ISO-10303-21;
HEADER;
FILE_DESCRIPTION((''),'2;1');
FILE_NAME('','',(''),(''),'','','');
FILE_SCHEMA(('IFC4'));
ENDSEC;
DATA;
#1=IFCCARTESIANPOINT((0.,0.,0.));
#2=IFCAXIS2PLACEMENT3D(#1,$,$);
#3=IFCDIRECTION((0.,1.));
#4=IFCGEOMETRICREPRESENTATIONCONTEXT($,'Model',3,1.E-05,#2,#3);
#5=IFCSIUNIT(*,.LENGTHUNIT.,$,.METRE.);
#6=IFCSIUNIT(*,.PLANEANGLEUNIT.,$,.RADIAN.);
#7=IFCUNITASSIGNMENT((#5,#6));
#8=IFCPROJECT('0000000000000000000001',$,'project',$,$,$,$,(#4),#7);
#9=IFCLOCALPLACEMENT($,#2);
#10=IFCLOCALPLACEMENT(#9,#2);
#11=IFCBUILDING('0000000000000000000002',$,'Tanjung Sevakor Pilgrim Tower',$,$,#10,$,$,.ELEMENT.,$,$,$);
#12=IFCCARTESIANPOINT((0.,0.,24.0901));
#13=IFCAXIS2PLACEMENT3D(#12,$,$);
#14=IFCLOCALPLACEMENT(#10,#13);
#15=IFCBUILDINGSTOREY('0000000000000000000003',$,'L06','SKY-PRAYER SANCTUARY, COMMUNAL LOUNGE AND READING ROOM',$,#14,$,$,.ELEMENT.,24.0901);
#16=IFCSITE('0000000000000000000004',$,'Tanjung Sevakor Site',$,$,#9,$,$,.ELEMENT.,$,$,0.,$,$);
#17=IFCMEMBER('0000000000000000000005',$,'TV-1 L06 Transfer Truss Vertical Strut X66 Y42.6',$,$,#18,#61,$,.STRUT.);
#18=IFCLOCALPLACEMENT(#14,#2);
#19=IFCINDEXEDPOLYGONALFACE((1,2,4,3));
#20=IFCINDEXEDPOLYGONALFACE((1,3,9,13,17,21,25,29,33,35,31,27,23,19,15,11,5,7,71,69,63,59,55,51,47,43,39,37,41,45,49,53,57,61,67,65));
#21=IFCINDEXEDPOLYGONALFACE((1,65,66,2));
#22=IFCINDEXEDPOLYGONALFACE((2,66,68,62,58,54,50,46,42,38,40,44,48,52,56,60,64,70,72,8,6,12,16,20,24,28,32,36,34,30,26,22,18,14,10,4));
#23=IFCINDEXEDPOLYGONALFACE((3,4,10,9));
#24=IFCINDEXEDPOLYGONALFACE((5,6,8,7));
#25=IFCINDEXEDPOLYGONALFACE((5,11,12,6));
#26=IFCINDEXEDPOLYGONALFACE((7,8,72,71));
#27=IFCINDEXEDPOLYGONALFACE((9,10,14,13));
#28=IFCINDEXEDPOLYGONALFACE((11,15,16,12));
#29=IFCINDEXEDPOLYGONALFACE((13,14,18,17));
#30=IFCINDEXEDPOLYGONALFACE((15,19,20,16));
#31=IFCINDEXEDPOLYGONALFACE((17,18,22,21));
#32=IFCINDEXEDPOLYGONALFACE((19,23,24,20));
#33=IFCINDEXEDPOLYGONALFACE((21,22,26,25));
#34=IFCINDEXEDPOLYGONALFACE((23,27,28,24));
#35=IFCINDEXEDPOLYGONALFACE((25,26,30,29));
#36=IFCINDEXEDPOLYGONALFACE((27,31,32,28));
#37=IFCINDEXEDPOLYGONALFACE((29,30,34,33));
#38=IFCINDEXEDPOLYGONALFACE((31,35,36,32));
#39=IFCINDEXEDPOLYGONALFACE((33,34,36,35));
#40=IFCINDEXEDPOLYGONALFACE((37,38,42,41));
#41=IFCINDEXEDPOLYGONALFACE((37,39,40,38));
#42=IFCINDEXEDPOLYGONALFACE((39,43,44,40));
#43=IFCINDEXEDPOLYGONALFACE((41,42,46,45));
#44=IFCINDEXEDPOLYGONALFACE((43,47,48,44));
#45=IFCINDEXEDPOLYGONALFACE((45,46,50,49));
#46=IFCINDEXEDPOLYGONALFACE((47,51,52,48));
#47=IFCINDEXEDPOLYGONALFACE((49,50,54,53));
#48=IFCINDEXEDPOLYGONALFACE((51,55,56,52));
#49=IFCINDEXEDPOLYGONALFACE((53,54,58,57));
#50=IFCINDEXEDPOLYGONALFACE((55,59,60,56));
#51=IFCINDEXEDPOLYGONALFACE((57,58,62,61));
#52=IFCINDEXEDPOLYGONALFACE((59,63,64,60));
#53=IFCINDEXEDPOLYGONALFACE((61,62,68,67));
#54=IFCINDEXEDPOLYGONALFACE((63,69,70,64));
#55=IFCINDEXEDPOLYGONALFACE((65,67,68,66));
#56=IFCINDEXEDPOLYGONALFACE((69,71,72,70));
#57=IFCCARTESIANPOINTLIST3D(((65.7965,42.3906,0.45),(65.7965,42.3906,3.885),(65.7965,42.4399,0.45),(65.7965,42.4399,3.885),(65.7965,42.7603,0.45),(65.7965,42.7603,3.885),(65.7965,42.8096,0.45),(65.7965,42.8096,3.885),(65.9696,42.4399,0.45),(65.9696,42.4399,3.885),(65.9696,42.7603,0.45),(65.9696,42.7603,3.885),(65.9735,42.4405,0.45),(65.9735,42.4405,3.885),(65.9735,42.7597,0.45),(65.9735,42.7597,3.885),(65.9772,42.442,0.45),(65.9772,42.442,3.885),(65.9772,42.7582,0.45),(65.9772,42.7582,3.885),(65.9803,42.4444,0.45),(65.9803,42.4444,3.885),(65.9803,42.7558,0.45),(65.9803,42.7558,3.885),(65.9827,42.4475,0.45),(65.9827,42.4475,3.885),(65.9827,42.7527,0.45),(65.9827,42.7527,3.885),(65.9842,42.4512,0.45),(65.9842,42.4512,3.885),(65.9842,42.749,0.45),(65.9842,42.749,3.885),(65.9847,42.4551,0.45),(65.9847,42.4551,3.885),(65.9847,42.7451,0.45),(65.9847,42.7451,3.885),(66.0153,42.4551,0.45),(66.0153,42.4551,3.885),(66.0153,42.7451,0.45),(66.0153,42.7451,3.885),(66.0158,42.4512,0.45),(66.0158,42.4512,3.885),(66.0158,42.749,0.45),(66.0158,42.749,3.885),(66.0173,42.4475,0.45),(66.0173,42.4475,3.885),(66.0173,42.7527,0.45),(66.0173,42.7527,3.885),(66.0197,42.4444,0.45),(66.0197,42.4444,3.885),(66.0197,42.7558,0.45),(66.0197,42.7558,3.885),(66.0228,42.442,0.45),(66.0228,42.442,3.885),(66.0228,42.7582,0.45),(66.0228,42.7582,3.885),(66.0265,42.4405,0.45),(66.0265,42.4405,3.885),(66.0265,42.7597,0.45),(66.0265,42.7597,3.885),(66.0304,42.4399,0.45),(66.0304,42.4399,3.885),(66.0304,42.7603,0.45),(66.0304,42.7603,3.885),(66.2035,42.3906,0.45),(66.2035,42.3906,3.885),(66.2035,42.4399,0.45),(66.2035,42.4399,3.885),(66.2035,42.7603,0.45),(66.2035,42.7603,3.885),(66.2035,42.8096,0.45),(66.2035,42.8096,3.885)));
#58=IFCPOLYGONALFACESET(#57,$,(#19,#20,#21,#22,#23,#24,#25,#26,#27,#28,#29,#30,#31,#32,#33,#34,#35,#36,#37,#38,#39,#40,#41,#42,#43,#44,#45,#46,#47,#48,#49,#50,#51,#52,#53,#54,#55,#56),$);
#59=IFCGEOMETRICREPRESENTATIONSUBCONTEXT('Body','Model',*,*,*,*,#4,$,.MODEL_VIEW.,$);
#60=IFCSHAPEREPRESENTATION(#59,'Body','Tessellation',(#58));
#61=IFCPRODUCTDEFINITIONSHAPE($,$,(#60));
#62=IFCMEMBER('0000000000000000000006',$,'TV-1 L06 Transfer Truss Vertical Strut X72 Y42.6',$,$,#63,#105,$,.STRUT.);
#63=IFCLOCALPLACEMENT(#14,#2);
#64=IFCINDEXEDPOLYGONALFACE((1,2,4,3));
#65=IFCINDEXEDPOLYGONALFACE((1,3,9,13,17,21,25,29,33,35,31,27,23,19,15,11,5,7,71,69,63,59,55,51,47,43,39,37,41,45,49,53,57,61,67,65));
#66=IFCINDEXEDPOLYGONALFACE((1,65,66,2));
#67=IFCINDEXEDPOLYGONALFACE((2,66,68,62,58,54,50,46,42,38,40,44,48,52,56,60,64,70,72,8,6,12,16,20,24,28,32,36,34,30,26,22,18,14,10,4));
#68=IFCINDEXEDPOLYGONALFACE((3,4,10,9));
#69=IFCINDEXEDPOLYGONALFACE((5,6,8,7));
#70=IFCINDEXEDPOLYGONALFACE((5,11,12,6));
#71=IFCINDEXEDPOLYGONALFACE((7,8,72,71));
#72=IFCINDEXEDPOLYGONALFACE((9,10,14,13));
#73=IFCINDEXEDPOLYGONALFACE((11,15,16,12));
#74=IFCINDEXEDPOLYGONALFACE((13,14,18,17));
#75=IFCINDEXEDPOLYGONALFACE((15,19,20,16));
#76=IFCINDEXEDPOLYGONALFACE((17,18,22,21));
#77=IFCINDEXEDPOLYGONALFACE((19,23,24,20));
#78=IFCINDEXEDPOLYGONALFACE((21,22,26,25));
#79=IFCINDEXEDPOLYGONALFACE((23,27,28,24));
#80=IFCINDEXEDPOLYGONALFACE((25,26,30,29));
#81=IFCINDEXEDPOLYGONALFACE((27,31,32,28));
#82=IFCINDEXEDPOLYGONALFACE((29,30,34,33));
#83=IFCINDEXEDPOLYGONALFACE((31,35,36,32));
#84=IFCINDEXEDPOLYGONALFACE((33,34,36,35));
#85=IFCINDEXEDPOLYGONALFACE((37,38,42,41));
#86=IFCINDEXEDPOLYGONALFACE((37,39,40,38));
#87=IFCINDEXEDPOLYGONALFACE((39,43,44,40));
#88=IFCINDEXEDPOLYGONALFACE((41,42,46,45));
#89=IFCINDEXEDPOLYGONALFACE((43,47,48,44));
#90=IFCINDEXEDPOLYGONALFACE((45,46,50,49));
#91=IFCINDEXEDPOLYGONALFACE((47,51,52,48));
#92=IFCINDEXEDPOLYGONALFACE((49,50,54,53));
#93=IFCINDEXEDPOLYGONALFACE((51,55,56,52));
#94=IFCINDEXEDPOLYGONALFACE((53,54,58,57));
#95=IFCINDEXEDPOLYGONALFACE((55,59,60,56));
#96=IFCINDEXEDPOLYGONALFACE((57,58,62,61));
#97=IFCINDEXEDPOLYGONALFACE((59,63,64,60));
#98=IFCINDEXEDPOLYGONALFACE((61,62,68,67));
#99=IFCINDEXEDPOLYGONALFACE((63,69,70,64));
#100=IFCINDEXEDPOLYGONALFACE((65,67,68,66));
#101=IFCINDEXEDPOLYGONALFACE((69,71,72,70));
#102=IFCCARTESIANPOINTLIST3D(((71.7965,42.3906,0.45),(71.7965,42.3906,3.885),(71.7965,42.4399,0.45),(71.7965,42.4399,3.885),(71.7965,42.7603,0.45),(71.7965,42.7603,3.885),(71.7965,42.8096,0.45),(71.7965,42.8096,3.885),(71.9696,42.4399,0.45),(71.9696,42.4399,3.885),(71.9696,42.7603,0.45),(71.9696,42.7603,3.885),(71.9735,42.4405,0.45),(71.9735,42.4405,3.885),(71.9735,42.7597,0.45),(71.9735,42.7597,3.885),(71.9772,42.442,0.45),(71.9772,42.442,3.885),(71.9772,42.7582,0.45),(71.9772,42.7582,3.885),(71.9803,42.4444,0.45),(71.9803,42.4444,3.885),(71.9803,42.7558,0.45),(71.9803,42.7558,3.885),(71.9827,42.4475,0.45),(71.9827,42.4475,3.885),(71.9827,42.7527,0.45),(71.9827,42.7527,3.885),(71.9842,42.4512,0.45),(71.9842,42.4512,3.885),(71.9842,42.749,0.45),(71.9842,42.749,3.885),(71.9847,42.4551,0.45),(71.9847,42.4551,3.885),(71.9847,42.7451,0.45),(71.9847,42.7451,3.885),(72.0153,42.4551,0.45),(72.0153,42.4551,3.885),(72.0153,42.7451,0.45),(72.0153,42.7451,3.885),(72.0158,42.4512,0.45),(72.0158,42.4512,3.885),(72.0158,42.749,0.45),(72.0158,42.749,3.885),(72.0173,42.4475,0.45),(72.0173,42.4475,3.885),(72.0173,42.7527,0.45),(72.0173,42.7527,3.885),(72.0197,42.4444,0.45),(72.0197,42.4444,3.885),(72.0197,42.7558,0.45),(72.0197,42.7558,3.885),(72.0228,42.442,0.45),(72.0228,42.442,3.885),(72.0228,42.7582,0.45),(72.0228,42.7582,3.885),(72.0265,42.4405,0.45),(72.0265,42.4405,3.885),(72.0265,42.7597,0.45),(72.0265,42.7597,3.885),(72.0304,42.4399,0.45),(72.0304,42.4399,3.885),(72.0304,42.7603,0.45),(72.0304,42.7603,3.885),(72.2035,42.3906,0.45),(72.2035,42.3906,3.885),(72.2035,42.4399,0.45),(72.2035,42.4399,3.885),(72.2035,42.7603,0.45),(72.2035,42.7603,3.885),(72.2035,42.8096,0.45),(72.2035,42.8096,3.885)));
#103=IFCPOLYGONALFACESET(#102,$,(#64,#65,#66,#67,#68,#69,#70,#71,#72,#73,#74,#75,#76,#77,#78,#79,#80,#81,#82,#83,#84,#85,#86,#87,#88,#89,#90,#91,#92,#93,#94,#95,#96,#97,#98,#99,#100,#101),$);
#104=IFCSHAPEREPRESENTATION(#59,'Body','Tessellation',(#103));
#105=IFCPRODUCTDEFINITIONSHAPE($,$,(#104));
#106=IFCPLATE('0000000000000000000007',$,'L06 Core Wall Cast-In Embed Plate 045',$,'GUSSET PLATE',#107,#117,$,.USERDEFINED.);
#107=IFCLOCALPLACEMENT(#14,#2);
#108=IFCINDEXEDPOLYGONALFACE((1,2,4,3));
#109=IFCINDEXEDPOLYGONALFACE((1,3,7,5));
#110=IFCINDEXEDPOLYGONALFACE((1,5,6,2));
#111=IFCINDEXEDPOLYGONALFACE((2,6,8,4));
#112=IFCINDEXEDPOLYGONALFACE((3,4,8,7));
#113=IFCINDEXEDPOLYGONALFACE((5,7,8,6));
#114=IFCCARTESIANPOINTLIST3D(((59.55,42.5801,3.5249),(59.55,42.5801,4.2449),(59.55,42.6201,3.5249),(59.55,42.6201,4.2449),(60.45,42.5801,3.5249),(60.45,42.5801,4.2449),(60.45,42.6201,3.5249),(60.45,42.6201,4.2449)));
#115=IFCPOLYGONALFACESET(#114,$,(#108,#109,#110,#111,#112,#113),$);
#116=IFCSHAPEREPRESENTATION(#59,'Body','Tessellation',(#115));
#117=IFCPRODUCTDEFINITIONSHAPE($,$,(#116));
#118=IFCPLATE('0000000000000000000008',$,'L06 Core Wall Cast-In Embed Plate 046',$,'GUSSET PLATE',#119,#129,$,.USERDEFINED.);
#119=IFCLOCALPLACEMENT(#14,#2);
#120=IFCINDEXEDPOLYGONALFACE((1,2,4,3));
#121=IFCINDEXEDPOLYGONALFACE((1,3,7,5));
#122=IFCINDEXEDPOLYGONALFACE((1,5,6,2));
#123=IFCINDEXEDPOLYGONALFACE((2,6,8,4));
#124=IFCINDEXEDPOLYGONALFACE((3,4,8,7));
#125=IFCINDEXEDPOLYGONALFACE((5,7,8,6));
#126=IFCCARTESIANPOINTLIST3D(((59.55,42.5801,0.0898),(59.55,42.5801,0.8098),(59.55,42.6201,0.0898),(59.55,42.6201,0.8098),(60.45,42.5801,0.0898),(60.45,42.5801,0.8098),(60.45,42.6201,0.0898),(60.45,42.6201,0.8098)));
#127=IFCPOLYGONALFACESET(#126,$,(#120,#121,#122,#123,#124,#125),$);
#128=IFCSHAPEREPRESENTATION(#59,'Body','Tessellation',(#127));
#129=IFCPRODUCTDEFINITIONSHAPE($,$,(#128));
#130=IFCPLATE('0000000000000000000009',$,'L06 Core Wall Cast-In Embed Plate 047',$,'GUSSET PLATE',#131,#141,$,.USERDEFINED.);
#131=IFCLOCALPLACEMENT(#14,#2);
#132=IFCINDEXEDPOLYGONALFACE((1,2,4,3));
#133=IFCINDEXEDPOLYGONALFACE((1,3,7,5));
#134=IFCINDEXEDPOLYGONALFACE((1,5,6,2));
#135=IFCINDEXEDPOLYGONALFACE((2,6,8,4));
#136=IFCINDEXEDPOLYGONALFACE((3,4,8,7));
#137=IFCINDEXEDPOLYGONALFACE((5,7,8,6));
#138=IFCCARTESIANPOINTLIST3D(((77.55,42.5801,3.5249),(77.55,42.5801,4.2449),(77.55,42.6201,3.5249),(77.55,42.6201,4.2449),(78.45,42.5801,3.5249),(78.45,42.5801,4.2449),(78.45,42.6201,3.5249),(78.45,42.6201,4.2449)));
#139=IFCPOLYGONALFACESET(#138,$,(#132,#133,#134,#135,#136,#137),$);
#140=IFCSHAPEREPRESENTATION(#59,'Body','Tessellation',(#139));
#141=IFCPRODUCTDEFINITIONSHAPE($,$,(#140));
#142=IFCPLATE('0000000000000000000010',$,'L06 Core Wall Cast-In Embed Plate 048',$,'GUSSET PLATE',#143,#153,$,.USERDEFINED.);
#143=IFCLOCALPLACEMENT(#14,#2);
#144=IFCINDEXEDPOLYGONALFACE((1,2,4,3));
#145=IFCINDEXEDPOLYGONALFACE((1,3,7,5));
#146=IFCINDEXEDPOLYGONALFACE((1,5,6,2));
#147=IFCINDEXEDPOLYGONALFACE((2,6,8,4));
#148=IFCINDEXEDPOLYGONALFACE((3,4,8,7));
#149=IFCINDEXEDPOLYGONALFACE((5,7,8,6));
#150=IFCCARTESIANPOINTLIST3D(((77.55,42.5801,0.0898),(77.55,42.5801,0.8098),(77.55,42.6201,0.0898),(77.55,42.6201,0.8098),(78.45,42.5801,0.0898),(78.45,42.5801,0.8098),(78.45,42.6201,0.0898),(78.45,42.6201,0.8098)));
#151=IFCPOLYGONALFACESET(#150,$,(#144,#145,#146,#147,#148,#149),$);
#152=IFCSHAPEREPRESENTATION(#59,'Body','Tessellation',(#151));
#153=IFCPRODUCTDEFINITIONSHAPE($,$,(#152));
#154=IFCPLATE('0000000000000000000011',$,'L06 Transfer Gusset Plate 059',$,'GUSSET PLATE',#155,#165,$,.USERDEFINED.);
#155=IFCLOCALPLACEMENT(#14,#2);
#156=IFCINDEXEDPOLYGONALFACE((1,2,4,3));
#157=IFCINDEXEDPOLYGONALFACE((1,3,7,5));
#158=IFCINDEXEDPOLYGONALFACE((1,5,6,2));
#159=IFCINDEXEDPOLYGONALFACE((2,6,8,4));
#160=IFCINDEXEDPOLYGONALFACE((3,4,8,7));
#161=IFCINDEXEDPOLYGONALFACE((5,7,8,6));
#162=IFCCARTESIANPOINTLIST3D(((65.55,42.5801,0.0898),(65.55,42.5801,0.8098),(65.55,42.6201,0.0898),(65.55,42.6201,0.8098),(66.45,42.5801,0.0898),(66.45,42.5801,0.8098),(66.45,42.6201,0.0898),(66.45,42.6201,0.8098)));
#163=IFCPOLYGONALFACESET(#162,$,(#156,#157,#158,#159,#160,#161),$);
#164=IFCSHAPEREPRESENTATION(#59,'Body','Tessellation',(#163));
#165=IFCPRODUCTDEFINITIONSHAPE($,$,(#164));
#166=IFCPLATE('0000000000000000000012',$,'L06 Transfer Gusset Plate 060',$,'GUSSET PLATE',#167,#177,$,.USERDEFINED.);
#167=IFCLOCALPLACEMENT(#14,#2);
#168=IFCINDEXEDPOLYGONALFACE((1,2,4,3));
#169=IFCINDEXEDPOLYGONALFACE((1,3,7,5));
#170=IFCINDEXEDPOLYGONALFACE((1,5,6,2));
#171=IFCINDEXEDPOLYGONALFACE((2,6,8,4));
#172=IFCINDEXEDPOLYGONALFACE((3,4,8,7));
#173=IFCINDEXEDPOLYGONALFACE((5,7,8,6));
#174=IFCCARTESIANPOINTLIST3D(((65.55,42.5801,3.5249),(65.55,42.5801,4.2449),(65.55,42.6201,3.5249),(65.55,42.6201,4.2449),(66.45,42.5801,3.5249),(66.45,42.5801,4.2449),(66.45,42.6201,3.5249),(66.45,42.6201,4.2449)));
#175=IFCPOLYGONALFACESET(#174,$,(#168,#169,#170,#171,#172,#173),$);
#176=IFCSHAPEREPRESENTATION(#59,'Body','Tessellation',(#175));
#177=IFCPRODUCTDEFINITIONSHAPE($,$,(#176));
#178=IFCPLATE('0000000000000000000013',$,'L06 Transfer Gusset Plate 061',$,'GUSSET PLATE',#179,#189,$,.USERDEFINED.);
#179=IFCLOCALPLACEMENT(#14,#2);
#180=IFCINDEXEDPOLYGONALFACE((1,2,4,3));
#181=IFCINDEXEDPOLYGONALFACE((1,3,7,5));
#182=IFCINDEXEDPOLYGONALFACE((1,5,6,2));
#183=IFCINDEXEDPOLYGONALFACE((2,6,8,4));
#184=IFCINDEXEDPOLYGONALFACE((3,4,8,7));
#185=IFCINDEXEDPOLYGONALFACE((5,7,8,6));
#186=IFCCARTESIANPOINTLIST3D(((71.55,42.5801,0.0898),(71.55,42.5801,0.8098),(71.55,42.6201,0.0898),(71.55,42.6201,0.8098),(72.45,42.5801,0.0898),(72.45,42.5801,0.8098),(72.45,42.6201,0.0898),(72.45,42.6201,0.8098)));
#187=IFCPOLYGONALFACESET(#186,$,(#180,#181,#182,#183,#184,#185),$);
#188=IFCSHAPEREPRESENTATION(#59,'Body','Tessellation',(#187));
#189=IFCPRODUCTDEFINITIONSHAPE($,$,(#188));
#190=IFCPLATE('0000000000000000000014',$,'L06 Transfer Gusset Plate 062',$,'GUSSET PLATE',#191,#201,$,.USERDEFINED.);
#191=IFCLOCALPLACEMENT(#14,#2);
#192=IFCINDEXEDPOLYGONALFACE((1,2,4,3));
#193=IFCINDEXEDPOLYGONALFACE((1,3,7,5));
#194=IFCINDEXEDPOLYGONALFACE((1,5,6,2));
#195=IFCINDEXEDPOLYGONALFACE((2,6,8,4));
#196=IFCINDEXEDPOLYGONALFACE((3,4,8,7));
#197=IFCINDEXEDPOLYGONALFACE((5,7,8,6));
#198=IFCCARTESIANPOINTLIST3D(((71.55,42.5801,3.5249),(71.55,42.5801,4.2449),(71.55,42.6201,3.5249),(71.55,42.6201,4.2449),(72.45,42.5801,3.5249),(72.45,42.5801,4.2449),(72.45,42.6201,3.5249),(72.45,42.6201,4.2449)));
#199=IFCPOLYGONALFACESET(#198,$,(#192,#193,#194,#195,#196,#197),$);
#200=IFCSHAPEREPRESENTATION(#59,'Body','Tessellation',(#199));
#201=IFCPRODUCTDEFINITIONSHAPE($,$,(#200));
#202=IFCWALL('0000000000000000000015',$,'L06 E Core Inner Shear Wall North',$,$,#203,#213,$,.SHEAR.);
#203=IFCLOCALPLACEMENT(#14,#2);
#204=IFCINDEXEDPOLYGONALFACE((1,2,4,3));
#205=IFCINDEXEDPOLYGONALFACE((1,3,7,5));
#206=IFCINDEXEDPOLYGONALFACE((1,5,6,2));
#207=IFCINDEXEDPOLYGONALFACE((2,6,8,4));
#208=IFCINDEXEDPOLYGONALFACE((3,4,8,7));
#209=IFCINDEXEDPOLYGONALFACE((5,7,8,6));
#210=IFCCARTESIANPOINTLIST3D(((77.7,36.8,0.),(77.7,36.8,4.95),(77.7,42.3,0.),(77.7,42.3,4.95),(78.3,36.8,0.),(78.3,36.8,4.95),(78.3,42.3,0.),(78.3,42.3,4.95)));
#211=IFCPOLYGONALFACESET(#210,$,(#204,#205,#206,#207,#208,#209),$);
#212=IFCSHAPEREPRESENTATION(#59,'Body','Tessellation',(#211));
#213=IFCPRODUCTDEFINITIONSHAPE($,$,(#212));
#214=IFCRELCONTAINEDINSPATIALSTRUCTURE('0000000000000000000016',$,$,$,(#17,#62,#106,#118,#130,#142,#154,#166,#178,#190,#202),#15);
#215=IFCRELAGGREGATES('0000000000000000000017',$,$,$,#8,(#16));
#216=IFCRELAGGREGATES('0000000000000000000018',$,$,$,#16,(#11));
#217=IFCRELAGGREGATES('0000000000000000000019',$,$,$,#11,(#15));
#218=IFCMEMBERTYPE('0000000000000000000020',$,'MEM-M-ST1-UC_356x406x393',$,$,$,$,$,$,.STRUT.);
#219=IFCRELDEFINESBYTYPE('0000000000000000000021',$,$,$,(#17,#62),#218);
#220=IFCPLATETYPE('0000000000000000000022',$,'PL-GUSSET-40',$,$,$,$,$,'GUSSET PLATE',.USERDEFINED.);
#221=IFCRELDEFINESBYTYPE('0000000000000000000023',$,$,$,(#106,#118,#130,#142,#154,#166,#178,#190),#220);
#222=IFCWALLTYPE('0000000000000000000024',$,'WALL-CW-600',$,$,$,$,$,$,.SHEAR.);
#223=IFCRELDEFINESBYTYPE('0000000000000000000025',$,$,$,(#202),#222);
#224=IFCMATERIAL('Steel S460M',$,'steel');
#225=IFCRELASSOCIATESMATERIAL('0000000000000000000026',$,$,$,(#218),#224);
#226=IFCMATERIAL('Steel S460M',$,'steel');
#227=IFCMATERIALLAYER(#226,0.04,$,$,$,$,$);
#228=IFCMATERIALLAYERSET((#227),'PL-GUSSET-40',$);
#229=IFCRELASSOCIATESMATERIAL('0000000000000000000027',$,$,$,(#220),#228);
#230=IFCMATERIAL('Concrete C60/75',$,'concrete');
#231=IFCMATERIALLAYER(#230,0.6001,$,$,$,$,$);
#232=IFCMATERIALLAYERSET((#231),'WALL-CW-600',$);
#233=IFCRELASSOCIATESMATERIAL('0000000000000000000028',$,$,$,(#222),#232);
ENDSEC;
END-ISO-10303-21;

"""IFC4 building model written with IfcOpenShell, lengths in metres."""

from ifc_helpers import new_model, si_unit, direction, frame, frame_2d, origin, origin_2d, place, context, subcontext, project, spatial, rectangle, i_section, extrude, material, layer, layer_set, material_profile, profile_set, type_object, element, save


model = new_model("IFC4")

# Units and contexts
model_context = context("Model", 3, precision=1e-05, world=origin(), true_north=direction((0.0, 1.0)))
body_context = subcontext(model_context, "Body", "Model", "MODEL_VIEW")
ifc_project = project(units=[si_unit("LENGTHUNIT", "METRE"), si_unit("PLANEANGLEUNIT", "RADIAN")], contexts=[model_context])

# Site, building, storey
site_placement = place(None, origin())
site = spatial("IfcSite", under=ifc_project, at=site_placement, Name="Tanjung Sevakor Site", CompositionType="ELEMENT", RefElevation=0.0)
building_placement = place(site_placement, origin())
building = spatial("IfcBuilding", under=site, at=building_placement, Name="Tanjung Sevakor Pilgrim Tower", CompositionType="ELEMENT")
storey_placement = place(building_placement, frame((0.0, 0.0, 24.0901)))
storey = spatial("IfcBuildingStorey", under=building, at=storey_placement, Name="L06", Description="SKY-PRAYER SANCTUARY, COMMUNAL LOUNGE AND READING ROOM", CompositionType="ELEMENT", Elevation=24.0901)

# Members
ifc_material_1 = material(Name="Steel S460M", Category="steel")
ifc_material_profile_1 = material_profile(ifc_material_1, i_section(OverallWidth=0.407, OverallDepth=0.4189, WebThickness=0.0305, FlangeThickness=0.0493, FilletRadius=0.0151, at=origin_2d()))
ifc_profile_set_1 = profile_set([ifc_material_profile_1], Name="Steel S460M")
member_type_1 = type_object("IfcMemberType", Name="MEM-M-ST1-UC_356x406x393", PredefinedType="STRUT", material=ifc_profile_set_1)
for number, where, z_axis, x_axis, name in (
    (1, (66.0, 42.6001, 0.45), (0.0, 0.0, 1.0), (1.0, 0.0, 0.0), "TV-1 L06 Transfer Truss Vertical Strut X66 Y42.6"),
    (2, (72.0, 42.6001, 0.45), (0.0, 0.0, 1.0), (1.0, 0.0, 0.0), "TV-1 L06 Transfer Truss Vertical Strut X72 Y42.6"),
):
    element("IfcMember", number, at=place(storey_placement, frame(where, z_axis=z_axis, x_axis=x_axis)), inside=storey, type_object=member_type_1, Name=name, PredefinedType="STRUT", context=body_context, shape_type="SweptSolid", body=[
        extrude(i_section(OverallWidth=0.407, OverallDepth=0.4189, WebThickness=0.0305, FlangeThickness=0.0493, FilletRadius=0.0151, at=origin_2d()), origin(), (0.0, 0.0, 1.0), 3.4351),
    ])

# Plates
ifc_material_2 = material(Name="Steel S460M", Category="steel")
ifc_layer_1 = layer(ifc_material_2, 0.04)
ifc_layer_set_1 = layer_set([ifc_layer_1], Name="PL-GUSSET-40")
plate_type = type_object("IfcPlateType", Name="PL-GUSSET-40", ElementType="GUSSET PLATE", PredefinedType="USERDEFINED", material=ifc_layer_set_1)
for number, where, z_axis, x_axis, name in (
    (3, (60.0, 42.6001, 3.5249), (0.0, 0.0, 1.0), (1.0, 0.0, 0.0), "L06 Core Wall Cast-In Embed Plate 045"),
    (4, (60.0, 42.6001, 0.0898), (0.0, 0.0, 1.0), (1.0, 0.0, 0.0), "L06 Core Wall Cast-In Embed Plate 046"),
    (5, (78.0, 42.6001, 3.5249), (0.0, 0.0, 1.0), (1.0, 0.0, 0.0), "L06 Core Wall Cast-In Embed Plate 047"),
    (6, (78.0, 42.6001, 0.0898), (0.0, 0.0, 1.0), (1.0, 0.0, 0.0), "L06 Core Wall Cast-In Embed Plate 048"),
    (7, (66.0, 42.6001, 0.0898), (0.0, 0.0, 1.0), (1.0, 0.0, 0.0), "L06 Transfer Gusset Plate 059"),
    (8, (66.0, 42.6001, 3.5249), (0.0, 0.0, 1.0), (1.0, 0.0, 0.0), "L06 Transfer Gusset Plate 060"),
    (9, (72.0, 42.6001, 0.0898), (0.0, 0.0, 1.0), (1.0, 0.0, 0.0), "L06 Transfer Gusset Plate 061"),
    (10, (72.0, 42.6001, 3.5249), (0.0, 0.0, 1.0), (1.0, 0.0, 0.0), "L06 Transfer Gusset Plate 062"),
):
    element("IfcPlate", number, at=place(storey_placement, frame(where, z_axis=z_axis, x_axis=x_axis)), inside=storey, type_object=plate_type, Name=name, ObjectType="GUSSET PLATE", PredefinedType="USERDEFINED", context=body_context, shape_type="SweptSolid", body=[
        extrude(rectangle(XDim=0.8999, YDim=0.04, at=origin_2d()), origin(), (0.0, 0.0, 1.0), 0.72),
    ])

# Wall
ifc_material_3 = material(Name="Concrete C60/75", Category="concrete")
ifc_layer_2 = layer(ifc_material_3, 0.6001)
ifc_layer_set_2 = layer_set([ifc_layer_2], Name="WALL-CW-600")
wall_type_1 = type_object("IfcWallType", Name="WALL-CW-600", PredefinedType="SHEAR", material=ifc_layer_set_2)
wall_1_placement = place(storey_placement, frame((78.0, 36.8, 0.0), z_axis=(0.0, 0.0, 1.0), x_axis=(0.0, 1.0, 0.0)))
element("IfcWall", 11, at=wall_1_placement, inside=storey, type_object=wall_type_1, Name="L06 E Core Inner Shear Wall North", PredefinedType="SHEAR", context=body_context, shape_type="SweptSolid", body=[
    extrude(rectangle(XDim=5.5, YDim=0.6001, at=frame_2d((2.75, 0.0))), origin(), (0.0, 0.0, 1.0), 4.95),
])

save(model, "model.ifc")
